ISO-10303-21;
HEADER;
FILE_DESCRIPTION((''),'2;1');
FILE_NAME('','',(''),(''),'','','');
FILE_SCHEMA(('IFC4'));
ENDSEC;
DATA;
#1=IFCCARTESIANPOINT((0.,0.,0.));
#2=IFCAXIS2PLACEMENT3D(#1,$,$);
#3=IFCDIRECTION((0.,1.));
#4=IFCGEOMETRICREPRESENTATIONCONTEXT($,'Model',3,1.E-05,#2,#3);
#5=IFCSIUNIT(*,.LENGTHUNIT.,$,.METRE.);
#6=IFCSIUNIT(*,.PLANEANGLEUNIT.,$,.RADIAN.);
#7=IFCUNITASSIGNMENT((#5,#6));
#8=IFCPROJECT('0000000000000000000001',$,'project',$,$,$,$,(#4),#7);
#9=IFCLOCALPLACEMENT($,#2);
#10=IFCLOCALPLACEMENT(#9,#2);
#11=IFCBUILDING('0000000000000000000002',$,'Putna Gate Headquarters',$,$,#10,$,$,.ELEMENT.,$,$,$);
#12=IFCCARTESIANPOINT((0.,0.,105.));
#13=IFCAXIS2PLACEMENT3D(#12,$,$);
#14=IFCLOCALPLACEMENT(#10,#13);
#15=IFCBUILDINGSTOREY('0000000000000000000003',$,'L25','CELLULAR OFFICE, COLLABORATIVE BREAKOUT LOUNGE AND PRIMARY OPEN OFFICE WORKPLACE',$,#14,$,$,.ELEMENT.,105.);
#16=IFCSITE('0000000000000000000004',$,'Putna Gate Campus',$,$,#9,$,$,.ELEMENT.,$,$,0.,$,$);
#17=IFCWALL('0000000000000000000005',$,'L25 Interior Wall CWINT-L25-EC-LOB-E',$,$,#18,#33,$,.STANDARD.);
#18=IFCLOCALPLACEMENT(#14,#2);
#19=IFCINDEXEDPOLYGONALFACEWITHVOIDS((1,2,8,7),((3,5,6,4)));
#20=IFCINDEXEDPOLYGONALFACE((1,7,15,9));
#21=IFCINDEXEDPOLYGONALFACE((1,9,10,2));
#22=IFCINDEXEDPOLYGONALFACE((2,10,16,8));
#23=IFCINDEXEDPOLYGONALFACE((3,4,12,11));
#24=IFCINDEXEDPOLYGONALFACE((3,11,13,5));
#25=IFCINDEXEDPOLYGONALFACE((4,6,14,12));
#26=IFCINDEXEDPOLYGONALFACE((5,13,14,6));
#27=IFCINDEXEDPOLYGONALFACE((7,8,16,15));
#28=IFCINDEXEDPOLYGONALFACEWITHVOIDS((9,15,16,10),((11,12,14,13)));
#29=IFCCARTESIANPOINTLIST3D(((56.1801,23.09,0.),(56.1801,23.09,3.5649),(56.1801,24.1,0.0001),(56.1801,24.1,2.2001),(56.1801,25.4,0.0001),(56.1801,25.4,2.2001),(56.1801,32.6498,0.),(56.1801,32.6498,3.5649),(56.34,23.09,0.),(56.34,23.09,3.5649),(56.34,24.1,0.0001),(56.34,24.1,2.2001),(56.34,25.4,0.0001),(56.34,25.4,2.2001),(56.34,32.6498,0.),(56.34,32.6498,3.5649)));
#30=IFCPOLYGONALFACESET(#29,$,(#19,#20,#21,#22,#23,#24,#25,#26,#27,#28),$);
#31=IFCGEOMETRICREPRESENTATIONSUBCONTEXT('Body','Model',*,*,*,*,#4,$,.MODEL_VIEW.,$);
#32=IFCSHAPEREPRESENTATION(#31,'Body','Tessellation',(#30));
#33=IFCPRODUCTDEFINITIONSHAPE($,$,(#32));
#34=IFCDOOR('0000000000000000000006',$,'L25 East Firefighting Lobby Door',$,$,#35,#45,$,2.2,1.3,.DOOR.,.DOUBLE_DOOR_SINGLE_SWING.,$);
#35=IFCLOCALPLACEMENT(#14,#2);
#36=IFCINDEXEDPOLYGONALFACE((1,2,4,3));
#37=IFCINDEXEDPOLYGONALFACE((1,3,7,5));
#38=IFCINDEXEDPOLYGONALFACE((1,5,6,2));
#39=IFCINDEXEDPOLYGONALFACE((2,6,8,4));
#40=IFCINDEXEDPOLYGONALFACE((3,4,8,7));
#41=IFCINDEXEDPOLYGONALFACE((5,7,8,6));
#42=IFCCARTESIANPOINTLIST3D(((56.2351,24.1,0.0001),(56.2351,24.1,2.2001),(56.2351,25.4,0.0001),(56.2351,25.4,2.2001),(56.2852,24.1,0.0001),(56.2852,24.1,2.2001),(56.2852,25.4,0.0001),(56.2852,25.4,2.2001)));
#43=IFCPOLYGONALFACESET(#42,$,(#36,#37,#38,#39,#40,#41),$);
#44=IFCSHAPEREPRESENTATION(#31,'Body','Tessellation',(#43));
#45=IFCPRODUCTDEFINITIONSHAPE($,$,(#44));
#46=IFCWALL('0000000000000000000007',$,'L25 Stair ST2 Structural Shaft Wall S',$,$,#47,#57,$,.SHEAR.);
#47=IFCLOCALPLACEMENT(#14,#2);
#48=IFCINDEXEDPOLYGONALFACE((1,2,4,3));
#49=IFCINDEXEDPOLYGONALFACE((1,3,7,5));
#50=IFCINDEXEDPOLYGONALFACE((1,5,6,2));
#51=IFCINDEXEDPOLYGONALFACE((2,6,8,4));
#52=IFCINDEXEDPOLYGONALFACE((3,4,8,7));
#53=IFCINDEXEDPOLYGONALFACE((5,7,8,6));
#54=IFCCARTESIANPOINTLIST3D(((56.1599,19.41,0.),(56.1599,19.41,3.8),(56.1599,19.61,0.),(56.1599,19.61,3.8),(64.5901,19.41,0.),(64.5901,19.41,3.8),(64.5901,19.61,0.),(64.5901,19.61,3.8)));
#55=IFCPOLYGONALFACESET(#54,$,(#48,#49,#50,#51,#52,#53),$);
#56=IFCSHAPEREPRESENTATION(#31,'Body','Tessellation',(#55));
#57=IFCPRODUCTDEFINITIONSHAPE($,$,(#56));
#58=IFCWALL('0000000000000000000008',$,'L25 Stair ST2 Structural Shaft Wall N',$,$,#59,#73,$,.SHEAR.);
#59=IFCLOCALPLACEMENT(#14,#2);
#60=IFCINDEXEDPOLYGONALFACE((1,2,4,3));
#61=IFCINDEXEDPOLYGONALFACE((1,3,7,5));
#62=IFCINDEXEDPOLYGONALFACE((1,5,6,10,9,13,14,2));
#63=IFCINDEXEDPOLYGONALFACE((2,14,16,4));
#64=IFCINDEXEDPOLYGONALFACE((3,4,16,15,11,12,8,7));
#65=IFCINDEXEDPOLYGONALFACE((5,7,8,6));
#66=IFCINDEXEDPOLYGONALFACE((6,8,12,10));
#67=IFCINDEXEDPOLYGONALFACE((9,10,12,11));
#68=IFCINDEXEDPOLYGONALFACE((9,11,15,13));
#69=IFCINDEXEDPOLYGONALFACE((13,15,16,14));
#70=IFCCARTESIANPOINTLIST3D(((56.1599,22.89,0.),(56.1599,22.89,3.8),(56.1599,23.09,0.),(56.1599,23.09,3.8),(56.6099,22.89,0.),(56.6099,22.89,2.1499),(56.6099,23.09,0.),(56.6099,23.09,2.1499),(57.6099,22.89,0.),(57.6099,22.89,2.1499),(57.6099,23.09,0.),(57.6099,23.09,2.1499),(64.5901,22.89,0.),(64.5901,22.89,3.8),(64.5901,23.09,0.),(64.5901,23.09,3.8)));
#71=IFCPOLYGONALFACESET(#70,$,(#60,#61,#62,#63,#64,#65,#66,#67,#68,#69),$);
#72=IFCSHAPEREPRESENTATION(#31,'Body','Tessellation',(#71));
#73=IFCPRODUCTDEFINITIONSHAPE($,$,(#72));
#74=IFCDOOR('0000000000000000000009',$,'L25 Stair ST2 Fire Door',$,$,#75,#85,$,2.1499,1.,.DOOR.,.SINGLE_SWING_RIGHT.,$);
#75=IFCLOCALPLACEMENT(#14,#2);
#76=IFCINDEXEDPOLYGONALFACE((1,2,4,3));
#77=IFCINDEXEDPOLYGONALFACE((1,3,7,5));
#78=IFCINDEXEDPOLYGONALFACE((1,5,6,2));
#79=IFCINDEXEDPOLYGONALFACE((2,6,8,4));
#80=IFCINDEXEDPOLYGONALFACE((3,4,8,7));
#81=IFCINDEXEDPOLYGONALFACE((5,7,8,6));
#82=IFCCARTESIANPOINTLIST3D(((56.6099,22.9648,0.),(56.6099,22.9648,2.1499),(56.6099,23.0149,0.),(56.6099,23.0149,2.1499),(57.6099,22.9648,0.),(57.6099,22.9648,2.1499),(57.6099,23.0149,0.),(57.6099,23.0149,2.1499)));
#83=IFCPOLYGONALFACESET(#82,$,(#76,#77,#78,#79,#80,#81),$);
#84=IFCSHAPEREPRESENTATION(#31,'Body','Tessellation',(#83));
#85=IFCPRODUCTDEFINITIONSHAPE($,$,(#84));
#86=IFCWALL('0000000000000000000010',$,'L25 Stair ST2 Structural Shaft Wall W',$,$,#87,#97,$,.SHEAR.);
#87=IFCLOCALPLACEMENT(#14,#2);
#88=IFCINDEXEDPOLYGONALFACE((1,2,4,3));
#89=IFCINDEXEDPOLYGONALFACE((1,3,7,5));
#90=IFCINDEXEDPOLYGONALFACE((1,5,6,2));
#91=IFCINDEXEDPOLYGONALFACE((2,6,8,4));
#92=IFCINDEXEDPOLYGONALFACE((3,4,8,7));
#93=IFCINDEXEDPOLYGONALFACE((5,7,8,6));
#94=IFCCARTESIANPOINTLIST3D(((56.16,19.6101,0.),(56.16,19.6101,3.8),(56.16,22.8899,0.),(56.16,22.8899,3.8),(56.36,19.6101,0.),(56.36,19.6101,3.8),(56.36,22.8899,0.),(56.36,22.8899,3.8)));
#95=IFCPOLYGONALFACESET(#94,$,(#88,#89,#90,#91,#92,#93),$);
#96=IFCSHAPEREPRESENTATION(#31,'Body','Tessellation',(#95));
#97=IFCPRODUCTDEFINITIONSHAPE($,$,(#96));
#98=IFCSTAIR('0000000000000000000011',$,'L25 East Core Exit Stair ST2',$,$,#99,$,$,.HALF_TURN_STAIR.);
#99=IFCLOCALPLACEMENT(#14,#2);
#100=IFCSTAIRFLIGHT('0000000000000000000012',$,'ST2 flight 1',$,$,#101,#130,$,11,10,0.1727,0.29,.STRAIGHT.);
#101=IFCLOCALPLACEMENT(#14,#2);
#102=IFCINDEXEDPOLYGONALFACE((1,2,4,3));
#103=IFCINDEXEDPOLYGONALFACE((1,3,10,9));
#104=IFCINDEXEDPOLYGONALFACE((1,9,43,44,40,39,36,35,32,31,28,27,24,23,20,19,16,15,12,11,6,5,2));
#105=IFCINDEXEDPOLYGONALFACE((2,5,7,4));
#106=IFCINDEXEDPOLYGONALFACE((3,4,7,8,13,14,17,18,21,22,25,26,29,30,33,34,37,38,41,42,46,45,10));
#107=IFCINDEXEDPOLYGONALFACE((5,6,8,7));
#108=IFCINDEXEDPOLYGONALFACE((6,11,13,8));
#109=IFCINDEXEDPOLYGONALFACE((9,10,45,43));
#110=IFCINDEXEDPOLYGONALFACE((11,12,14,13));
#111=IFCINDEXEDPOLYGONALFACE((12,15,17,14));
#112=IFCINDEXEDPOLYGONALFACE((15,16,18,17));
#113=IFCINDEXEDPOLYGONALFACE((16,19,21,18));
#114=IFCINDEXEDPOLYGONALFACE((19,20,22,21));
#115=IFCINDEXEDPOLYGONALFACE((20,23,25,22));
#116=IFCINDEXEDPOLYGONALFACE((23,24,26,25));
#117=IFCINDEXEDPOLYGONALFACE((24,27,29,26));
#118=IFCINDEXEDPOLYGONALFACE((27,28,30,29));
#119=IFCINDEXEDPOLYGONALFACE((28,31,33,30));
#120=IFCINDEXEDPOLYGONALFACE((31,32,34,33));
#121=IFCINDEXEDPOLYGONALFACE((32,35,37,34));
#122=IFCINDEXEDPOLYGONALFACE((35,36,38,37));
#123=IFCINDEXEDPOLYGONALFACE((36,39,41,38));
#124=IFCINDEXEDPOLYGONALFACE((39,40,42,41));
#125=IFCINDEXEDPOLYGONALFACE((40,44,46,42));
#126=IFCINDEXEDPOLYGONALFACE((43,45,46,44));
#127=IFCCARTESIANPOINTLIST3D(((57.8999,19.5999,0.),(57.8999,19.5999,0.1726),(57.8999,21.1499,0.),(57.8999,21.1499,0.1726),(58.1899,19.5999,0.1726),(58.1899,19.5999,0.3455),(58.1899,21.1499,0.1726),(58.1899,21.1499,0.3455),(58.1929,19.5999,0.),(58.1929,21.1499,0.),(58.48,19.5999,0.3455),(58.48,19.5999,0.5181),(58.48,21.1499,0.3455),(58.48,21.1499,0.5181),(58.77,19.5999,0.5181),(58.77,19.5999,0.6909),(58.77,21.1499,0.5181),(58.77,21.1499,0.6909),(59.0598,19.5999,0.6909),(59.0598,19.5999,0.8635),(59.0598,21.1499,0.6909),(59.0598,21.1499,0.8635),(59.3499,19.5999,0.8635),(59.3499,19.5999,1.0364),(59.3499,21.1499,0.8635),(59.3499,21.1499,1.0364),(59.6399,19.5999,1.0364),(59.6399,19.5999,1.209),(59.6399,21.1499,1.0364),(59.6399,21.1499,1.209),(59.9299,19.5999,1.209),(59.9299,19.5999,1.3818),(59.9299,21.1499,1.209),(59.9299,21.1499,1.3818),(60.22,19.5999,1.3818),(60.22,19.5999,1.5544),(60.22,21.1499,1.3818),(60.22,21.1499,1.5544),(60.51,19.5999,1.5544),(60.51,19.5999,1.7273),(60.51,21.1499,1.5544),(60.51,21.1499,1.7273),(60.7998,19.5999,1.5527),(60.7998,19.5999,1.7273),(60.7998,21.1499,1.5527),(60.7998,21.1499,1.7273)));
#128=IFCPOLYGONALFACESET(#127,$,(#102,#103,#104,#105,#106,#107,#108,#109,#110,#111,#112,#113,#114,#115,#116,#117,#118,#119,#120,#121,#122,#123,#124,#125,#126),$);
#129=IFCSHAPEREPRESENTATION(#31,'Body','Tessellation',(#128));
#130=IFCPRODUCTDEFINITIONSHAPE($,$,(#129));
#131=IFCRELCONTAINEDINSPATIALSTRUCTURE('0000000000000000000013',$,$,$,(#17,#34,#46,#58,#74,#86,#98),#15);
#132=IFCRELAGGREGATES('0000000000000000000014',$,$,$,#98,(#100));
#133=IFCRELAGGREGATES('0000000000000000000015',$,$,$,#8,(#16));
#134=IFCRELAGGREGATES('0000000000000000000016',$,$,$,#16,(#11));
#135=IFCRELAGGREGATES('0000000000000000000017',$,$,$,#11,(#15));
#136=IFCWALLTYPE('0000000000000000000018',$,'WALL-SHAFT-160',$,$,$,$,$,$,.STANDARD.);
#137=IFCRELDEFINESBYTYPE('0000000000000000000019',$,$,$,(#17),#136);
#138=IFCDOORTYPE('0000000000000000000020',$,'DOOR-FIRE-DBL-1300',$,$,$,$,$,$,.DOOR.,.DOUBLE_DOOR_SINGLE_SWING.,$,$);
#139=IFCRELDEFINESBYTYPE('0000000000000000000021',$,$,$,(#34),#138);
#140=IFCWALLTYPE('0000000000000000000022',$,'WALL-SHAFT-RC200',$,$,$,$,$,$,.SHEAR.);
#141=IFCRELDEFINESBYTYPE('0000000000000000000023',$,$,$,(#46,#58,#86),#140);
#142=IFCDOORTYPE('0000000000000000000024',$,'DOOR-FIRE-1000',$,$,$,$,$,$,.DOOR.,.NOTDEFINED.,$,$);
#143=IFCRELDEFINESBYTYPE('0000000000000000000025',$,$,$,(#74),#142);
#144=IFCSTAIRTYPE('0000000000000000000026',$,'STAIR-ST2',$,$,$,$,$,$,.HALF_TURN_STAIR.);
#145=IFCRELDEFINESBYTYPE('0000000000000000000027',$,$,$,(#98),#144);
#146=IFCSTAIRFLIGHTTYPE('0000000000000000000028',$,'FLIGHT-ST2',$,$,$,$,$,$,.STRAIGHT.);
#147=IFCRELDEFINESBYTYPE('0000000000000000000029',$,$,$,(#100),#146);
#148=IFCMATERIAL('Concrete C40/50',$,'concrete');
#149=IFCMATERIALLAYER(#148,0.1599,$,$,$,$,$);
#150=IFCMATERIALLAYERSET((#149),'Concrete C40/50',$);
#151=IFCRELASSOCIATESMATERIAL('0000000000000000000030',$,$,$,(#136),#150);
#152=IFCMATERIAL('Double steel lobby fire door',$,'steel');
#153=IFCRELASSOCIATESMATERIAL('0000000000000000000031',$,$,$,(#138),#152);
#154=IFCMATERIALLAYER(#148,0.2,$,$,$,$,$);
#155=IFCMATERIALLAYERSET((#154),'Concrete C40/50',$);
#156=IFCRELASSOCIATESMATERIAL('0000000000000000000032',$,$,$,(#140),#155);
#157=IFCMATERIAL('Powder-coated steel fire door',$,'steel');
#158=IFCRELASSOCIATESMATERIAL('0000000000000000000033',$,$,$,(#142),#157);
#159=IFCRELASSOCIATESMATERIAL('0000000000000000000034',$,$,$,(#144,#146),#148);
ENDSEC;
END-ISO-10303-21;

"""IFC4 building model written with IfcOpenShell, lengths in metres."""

from ifc_helpers import new_model, si_unit, direction, frame, frame_2d, origin, place, context, subcontext, project, spatial, polyline, rectangle, outline, extrude, material, layer, layer_set, type_object, element, fill, aggregate, save


model = new_model("IFC4")

# Units and contexts
model_context = context("Model", 3, precision=1e-05, world=origin(), true_north=direction((0.0, 1.0)))
body_context = subcontext(model_context, "Body", "Model", "MODEL_VIEW")
ifc_project = project(units=[si_unit("LENGTHUNIT", "METRE"), si_unit("PLANEANGLEUNIT", "RADIAN")], contexts=[model_context])

# Site, building, storey
site_placement = place(None, origin())
site = spatial("IfcSite", under=ifc_project, at=site_placement, Name="Putna Gate Campus", CompositionType="ELEMENT", RefElevation=0.0)
building_placement = place(site_placement, origin())
building = spatial("IfcBuilding", under=site, at=building_placement, Name="Putna Gate Headquarters", CompositionType="ELEMENT")
storey_placement = place(building_placement, frame((0.0, 0.0, 105.0)))
storey = spatial("IfcBuildingStorey", under=building, at=storey_placement, Name="L25", Description="CELLULAR OFFICE, COLLABORATIVE BREAKOUT LOUNGE AND PRIMARY OPEN OFFICE WORKPLACE", CompositionType="ELEMENT", Elevation=105.0)

# Shared definitions
ifc_material_1 = material(Name="Concrete C40/50", Category="concrete")
ifc_layer_1 = layer(ifc_material_1, 0.1599)
ifc_layer_set_1 = layer_set([ifc_layer_1], Name="Concrete C40/50")
wall_type_1 = type_object("IfcWallType", Name="WALL-SHAFT-160", PredefinedType="STANDARD", material=ifc_layer_set_1)

# Wall, opening, door
wall_1_placement = place(storey_placement, frame((56.26, 23.0901, 0.0), z_axis=(0.0, 0.0, 1.0), x_axis=(0.0, 1.0, 0.0)))
wall_1 = element("IfcWall", 1, at=wall_1_placement, inside=storey, type_object=wall_type_1, Name="L25 Interior Wall CWINT-L25-EC-LOB-E", PredefinedType="STANDARD", context=body_context, shape_type="SweptSolid", body=[
    extrude(rectangle(XDim=9.5598, YDim=0.1599, at=frame_2d((4.7798, 0.0))), origin(), (0.0, 0.0, 1.0), 3.5649),
])
opening_1_placement = place(wall_1_placement, frame((1.01, 0.0, 0.0)))
opening_1 = element("IfcOpeningElement", 2, at=opening_1_placement, cuts=wall_1, PredefinedType="OPENING", context=body_context, shape_type="SweptSolid", body=[
    extrude(rectangle(XDim=1.3, YDim=2.2, at=frame_2d((0.6499, 1.1001))), frame((0.0, 0.0898, 0.0), z_axis=(0.0, -1.0, 0.0), x_axis=(1.0, 0.0, 0.0)), (0.0, 0.0, 1.0), 0.1799),
])
ifc_material_2 = material(Name="Double steel lobby fire door", Category="steel")
door_type_1 = type_object("IfcDoorType", Name="DOOR-FIRE-DBL-1300", OperationType="DOUBLE_DOOR_SINGLE_SWING", PredefinedType="DOOR", material=ifc_material_2)
door_1_placement = place(opening_1_placement, origin())
door_1 = element("IfcDoor", 3, at=door_1_placement, inside=storey, type_object=door_type_1, Name="L25 East Firefighting Lobby Door", OperationType="DOUBLE_DOOR_SINGLE_SWING", OverallHeight=2.2, OverallWidth=1.3, PredefinedType="DOOR", context=body_context, shape_type="SweptSolid", body=[
    extrude(rectangle(XDim=1.3, YDim=2.2, at=frame_2d((0.6499, 1.1001))), frame((0.0, 0.0249, 0.0), z_axis=(0.0, -1.0, 0.0), x_axis=(1.0, 0.0, 0.0)), (0.0, 0.0, 1.0), 0.05),
])
fill(opening_1, door_1)

# Wall
ifc_layer_2 = layer(ifc_material_1, 0.2)
ifc_layer_set_2 = layer_set([ifc_layer_2], Name="Concrete C40/50")
wall_type_2 = type_object("IfcWallType", Name="WALL-SHAFT-RC200", PredefinedType="SHEAR", material=ifc_layer_set_2)
wall_2_placement = place(storey_placement, frame((56.1599, 19.51, 0.0), z_axis=(0.0, 0.0, 1.0), x_axis=(1.0, 0.0, 0.0)))
element("IfcWall", 4, at=wall_2_placement, inside=storey, type_object=wall_type_2, Name="L25 Stair ST2 Structural Shaft Wall S", PredefinedType="SHEAR", context=body_context, shape_type="SweptSolid", body=[
    extrude(rectangle(XDim=8.4302, YDim=0.2, at=frame_2d((4.2151, 0.0))), origin(), (0.0, 0.0, 1.0), 3.8),
])

# Wall, opening, door
wall_3_placement = place(storey_placement, frame((56.1599, 22.99, 0.0), z_axis=(0.0, 0.0, 1.0), x_axis=(1.0, 0.0, 0.0)))
wall_3 = element("IfcWall", 5, at=wall_3_placement, inside=storey, type_object=wall_type_2, Name="L25 Stair ST2 Structural Shaft Wall N", PredefinedType="SHEAR", context=body_context, shape_type="SweptSolid", body=[
    extrude(rectangle(XDim=8.4302, YDim=0.2, at=frame_2d((4.2151, 0.0))), origin(), (0.0, 0.0, 1.0), 3.8),
])
opening_2_placement = place(wall_3_placement, frame((0.45, 0.0, 0.0)))
opening_2 = element("IfcOpeningElement", 6, at=opening_2_placement, cuts=wall_3, PredefinedType="OPENING", context=body_context, shape_type="SweptSolid", body=[
    extrude(rectangle(XDim=1.0, YDim=2.1499, at=frame_2d((0.5, 1.075))), frame((0.0, 0.1099, 0.0), z_axis=(0.0, -1.0, 0.0), x_axis=(1.0, 0.0, 0.0)), (0.0, 0.0, 1.0), 0.22),
])
ifc_material_3 = material(Name="Powder-coated steel fire door", Category="steel")
door_type_2 = type_object("IfcDoorType", Name="DOOR-FIRE-1000", OperationType="NOTDEFINED", PredefinedType="DOOR", material=ifc_material_3)
door_2_placement = place(opening_2_placement, origin())
door_2 = element("IfcDoor", 7, at=door_2_placement, inside=storey, type_object=door_type_2, Name="L25 Stair ST2 Fire Door", OperationType="SINGLE_SWING_RIGHT", OverallHeight=2.1499, OverallWidth=1.0, PredefinedType="DOOR", context=body_context, shape_type="SweptSolid", body=[
    extrude(rectangle(XDim=1.0, YDim=2.1499, at=frame_2d((0.5, 1.075))), frame((0.0, 0.0249, 0.0), z_axis=(0.0, -1.0, 0.0), x_axis=(1.0, 0.0, 0.0)), (0.0, 0.0, 1.0), 0.05),
])
fill(opening_2, door_2)

# Wall
wall_4_placement = place(storey_placement, frame((56.26, 19.6101, 0.0), z_axis=(0.0, 0.0, 1.0), x_axis=(0.0, 1.0, 0.0)))
element("IfcWall", 8, at=wall_4_placement, inside=storey, type_object=wall_type_2, Name="L25 Stair ST2 Structural Shaft Wall W", PredefinedType="SHEAR", context=body_context, shape_type="SweptSolid", body=[
    extrude(rectangle(XDim=3.2798, YDim=0.2, at=frame_2d((1.6399, 0.0))), origin(), (0.0, 0.0, 1.0), 3.8),
])

# Stair, stair flight
stair_type = type_object("IfcStairType", Name="STAIR-ST2", PredefinedType="HALF_TURN_STAIR", material=ifc_material_1)
stair_placement = place(storey_placement, origin())
stair = element("IfcStair", 9, at=stair_placement, inside=storey, type_object=stair_type, Name="L25 East Core Exit Stair ST2", PredefinedType="HALF_TURN_STAIR")
stair_flight_type = type_object("IfcStairFlightType", Name="FLIGHT-ST2", PredefinedType="STRAIGHT", material=ifc_material_1)
stair_flight_placement = place(storey_placement, frame((57.8999, 20.375, 0.0), z_axis=(0.0, 0.0, 1.0), x_axis=(1.0, 0.0, 0.0)))
stair_flight = element("IfcStairFlight", 10, at=stair_flight_placement, type_object=stair_flight_type, Name="ST2 flight 1", NumberOfRisers=11, NumberOfTreads=10, PredefinedType="STRAIGHT", RiserHeight=0.1727, TreadLength=0.29, context=body_context, shape_type="SweptSolid", body=[
    extrude(outline(polyline([(0.0, 0.0), (0.0, 0.1726), (0.29, 0.1726), (0.29, 0.3455), (0.5801, 0.3455), (0.5801, 0.5181), (0.8701, 0.5181), (0.8701, 0.6909), (1.1599, 0.6909), (1.1599, 0.8635), (1.45, 0.8635), (1.45, 1.0364), (1.74, 1.0364), (1.74, 1.209), (2.03, 1.209), (2.03, 1.3818), (2.3201, 1.3818), (2.3201, 1.5544), (2.6101, 1.5544), (2.6101, 1.7273), (2.8999, 1.7273), (2.8999, 1.8999), (2.8999, 1.5527), (0.293, 0.0), (0.0, 0.0)])), frame((0.0, 0.7749, 0.0), z_axis=(0.0, -1.0, 0.0), x_axis=(1.0, 0.0, 0.0)), (0.0, 0.0, 1.0), 1.55),
])
aggregate(stair, [stair_flight])

save(model, "model.ifc")
